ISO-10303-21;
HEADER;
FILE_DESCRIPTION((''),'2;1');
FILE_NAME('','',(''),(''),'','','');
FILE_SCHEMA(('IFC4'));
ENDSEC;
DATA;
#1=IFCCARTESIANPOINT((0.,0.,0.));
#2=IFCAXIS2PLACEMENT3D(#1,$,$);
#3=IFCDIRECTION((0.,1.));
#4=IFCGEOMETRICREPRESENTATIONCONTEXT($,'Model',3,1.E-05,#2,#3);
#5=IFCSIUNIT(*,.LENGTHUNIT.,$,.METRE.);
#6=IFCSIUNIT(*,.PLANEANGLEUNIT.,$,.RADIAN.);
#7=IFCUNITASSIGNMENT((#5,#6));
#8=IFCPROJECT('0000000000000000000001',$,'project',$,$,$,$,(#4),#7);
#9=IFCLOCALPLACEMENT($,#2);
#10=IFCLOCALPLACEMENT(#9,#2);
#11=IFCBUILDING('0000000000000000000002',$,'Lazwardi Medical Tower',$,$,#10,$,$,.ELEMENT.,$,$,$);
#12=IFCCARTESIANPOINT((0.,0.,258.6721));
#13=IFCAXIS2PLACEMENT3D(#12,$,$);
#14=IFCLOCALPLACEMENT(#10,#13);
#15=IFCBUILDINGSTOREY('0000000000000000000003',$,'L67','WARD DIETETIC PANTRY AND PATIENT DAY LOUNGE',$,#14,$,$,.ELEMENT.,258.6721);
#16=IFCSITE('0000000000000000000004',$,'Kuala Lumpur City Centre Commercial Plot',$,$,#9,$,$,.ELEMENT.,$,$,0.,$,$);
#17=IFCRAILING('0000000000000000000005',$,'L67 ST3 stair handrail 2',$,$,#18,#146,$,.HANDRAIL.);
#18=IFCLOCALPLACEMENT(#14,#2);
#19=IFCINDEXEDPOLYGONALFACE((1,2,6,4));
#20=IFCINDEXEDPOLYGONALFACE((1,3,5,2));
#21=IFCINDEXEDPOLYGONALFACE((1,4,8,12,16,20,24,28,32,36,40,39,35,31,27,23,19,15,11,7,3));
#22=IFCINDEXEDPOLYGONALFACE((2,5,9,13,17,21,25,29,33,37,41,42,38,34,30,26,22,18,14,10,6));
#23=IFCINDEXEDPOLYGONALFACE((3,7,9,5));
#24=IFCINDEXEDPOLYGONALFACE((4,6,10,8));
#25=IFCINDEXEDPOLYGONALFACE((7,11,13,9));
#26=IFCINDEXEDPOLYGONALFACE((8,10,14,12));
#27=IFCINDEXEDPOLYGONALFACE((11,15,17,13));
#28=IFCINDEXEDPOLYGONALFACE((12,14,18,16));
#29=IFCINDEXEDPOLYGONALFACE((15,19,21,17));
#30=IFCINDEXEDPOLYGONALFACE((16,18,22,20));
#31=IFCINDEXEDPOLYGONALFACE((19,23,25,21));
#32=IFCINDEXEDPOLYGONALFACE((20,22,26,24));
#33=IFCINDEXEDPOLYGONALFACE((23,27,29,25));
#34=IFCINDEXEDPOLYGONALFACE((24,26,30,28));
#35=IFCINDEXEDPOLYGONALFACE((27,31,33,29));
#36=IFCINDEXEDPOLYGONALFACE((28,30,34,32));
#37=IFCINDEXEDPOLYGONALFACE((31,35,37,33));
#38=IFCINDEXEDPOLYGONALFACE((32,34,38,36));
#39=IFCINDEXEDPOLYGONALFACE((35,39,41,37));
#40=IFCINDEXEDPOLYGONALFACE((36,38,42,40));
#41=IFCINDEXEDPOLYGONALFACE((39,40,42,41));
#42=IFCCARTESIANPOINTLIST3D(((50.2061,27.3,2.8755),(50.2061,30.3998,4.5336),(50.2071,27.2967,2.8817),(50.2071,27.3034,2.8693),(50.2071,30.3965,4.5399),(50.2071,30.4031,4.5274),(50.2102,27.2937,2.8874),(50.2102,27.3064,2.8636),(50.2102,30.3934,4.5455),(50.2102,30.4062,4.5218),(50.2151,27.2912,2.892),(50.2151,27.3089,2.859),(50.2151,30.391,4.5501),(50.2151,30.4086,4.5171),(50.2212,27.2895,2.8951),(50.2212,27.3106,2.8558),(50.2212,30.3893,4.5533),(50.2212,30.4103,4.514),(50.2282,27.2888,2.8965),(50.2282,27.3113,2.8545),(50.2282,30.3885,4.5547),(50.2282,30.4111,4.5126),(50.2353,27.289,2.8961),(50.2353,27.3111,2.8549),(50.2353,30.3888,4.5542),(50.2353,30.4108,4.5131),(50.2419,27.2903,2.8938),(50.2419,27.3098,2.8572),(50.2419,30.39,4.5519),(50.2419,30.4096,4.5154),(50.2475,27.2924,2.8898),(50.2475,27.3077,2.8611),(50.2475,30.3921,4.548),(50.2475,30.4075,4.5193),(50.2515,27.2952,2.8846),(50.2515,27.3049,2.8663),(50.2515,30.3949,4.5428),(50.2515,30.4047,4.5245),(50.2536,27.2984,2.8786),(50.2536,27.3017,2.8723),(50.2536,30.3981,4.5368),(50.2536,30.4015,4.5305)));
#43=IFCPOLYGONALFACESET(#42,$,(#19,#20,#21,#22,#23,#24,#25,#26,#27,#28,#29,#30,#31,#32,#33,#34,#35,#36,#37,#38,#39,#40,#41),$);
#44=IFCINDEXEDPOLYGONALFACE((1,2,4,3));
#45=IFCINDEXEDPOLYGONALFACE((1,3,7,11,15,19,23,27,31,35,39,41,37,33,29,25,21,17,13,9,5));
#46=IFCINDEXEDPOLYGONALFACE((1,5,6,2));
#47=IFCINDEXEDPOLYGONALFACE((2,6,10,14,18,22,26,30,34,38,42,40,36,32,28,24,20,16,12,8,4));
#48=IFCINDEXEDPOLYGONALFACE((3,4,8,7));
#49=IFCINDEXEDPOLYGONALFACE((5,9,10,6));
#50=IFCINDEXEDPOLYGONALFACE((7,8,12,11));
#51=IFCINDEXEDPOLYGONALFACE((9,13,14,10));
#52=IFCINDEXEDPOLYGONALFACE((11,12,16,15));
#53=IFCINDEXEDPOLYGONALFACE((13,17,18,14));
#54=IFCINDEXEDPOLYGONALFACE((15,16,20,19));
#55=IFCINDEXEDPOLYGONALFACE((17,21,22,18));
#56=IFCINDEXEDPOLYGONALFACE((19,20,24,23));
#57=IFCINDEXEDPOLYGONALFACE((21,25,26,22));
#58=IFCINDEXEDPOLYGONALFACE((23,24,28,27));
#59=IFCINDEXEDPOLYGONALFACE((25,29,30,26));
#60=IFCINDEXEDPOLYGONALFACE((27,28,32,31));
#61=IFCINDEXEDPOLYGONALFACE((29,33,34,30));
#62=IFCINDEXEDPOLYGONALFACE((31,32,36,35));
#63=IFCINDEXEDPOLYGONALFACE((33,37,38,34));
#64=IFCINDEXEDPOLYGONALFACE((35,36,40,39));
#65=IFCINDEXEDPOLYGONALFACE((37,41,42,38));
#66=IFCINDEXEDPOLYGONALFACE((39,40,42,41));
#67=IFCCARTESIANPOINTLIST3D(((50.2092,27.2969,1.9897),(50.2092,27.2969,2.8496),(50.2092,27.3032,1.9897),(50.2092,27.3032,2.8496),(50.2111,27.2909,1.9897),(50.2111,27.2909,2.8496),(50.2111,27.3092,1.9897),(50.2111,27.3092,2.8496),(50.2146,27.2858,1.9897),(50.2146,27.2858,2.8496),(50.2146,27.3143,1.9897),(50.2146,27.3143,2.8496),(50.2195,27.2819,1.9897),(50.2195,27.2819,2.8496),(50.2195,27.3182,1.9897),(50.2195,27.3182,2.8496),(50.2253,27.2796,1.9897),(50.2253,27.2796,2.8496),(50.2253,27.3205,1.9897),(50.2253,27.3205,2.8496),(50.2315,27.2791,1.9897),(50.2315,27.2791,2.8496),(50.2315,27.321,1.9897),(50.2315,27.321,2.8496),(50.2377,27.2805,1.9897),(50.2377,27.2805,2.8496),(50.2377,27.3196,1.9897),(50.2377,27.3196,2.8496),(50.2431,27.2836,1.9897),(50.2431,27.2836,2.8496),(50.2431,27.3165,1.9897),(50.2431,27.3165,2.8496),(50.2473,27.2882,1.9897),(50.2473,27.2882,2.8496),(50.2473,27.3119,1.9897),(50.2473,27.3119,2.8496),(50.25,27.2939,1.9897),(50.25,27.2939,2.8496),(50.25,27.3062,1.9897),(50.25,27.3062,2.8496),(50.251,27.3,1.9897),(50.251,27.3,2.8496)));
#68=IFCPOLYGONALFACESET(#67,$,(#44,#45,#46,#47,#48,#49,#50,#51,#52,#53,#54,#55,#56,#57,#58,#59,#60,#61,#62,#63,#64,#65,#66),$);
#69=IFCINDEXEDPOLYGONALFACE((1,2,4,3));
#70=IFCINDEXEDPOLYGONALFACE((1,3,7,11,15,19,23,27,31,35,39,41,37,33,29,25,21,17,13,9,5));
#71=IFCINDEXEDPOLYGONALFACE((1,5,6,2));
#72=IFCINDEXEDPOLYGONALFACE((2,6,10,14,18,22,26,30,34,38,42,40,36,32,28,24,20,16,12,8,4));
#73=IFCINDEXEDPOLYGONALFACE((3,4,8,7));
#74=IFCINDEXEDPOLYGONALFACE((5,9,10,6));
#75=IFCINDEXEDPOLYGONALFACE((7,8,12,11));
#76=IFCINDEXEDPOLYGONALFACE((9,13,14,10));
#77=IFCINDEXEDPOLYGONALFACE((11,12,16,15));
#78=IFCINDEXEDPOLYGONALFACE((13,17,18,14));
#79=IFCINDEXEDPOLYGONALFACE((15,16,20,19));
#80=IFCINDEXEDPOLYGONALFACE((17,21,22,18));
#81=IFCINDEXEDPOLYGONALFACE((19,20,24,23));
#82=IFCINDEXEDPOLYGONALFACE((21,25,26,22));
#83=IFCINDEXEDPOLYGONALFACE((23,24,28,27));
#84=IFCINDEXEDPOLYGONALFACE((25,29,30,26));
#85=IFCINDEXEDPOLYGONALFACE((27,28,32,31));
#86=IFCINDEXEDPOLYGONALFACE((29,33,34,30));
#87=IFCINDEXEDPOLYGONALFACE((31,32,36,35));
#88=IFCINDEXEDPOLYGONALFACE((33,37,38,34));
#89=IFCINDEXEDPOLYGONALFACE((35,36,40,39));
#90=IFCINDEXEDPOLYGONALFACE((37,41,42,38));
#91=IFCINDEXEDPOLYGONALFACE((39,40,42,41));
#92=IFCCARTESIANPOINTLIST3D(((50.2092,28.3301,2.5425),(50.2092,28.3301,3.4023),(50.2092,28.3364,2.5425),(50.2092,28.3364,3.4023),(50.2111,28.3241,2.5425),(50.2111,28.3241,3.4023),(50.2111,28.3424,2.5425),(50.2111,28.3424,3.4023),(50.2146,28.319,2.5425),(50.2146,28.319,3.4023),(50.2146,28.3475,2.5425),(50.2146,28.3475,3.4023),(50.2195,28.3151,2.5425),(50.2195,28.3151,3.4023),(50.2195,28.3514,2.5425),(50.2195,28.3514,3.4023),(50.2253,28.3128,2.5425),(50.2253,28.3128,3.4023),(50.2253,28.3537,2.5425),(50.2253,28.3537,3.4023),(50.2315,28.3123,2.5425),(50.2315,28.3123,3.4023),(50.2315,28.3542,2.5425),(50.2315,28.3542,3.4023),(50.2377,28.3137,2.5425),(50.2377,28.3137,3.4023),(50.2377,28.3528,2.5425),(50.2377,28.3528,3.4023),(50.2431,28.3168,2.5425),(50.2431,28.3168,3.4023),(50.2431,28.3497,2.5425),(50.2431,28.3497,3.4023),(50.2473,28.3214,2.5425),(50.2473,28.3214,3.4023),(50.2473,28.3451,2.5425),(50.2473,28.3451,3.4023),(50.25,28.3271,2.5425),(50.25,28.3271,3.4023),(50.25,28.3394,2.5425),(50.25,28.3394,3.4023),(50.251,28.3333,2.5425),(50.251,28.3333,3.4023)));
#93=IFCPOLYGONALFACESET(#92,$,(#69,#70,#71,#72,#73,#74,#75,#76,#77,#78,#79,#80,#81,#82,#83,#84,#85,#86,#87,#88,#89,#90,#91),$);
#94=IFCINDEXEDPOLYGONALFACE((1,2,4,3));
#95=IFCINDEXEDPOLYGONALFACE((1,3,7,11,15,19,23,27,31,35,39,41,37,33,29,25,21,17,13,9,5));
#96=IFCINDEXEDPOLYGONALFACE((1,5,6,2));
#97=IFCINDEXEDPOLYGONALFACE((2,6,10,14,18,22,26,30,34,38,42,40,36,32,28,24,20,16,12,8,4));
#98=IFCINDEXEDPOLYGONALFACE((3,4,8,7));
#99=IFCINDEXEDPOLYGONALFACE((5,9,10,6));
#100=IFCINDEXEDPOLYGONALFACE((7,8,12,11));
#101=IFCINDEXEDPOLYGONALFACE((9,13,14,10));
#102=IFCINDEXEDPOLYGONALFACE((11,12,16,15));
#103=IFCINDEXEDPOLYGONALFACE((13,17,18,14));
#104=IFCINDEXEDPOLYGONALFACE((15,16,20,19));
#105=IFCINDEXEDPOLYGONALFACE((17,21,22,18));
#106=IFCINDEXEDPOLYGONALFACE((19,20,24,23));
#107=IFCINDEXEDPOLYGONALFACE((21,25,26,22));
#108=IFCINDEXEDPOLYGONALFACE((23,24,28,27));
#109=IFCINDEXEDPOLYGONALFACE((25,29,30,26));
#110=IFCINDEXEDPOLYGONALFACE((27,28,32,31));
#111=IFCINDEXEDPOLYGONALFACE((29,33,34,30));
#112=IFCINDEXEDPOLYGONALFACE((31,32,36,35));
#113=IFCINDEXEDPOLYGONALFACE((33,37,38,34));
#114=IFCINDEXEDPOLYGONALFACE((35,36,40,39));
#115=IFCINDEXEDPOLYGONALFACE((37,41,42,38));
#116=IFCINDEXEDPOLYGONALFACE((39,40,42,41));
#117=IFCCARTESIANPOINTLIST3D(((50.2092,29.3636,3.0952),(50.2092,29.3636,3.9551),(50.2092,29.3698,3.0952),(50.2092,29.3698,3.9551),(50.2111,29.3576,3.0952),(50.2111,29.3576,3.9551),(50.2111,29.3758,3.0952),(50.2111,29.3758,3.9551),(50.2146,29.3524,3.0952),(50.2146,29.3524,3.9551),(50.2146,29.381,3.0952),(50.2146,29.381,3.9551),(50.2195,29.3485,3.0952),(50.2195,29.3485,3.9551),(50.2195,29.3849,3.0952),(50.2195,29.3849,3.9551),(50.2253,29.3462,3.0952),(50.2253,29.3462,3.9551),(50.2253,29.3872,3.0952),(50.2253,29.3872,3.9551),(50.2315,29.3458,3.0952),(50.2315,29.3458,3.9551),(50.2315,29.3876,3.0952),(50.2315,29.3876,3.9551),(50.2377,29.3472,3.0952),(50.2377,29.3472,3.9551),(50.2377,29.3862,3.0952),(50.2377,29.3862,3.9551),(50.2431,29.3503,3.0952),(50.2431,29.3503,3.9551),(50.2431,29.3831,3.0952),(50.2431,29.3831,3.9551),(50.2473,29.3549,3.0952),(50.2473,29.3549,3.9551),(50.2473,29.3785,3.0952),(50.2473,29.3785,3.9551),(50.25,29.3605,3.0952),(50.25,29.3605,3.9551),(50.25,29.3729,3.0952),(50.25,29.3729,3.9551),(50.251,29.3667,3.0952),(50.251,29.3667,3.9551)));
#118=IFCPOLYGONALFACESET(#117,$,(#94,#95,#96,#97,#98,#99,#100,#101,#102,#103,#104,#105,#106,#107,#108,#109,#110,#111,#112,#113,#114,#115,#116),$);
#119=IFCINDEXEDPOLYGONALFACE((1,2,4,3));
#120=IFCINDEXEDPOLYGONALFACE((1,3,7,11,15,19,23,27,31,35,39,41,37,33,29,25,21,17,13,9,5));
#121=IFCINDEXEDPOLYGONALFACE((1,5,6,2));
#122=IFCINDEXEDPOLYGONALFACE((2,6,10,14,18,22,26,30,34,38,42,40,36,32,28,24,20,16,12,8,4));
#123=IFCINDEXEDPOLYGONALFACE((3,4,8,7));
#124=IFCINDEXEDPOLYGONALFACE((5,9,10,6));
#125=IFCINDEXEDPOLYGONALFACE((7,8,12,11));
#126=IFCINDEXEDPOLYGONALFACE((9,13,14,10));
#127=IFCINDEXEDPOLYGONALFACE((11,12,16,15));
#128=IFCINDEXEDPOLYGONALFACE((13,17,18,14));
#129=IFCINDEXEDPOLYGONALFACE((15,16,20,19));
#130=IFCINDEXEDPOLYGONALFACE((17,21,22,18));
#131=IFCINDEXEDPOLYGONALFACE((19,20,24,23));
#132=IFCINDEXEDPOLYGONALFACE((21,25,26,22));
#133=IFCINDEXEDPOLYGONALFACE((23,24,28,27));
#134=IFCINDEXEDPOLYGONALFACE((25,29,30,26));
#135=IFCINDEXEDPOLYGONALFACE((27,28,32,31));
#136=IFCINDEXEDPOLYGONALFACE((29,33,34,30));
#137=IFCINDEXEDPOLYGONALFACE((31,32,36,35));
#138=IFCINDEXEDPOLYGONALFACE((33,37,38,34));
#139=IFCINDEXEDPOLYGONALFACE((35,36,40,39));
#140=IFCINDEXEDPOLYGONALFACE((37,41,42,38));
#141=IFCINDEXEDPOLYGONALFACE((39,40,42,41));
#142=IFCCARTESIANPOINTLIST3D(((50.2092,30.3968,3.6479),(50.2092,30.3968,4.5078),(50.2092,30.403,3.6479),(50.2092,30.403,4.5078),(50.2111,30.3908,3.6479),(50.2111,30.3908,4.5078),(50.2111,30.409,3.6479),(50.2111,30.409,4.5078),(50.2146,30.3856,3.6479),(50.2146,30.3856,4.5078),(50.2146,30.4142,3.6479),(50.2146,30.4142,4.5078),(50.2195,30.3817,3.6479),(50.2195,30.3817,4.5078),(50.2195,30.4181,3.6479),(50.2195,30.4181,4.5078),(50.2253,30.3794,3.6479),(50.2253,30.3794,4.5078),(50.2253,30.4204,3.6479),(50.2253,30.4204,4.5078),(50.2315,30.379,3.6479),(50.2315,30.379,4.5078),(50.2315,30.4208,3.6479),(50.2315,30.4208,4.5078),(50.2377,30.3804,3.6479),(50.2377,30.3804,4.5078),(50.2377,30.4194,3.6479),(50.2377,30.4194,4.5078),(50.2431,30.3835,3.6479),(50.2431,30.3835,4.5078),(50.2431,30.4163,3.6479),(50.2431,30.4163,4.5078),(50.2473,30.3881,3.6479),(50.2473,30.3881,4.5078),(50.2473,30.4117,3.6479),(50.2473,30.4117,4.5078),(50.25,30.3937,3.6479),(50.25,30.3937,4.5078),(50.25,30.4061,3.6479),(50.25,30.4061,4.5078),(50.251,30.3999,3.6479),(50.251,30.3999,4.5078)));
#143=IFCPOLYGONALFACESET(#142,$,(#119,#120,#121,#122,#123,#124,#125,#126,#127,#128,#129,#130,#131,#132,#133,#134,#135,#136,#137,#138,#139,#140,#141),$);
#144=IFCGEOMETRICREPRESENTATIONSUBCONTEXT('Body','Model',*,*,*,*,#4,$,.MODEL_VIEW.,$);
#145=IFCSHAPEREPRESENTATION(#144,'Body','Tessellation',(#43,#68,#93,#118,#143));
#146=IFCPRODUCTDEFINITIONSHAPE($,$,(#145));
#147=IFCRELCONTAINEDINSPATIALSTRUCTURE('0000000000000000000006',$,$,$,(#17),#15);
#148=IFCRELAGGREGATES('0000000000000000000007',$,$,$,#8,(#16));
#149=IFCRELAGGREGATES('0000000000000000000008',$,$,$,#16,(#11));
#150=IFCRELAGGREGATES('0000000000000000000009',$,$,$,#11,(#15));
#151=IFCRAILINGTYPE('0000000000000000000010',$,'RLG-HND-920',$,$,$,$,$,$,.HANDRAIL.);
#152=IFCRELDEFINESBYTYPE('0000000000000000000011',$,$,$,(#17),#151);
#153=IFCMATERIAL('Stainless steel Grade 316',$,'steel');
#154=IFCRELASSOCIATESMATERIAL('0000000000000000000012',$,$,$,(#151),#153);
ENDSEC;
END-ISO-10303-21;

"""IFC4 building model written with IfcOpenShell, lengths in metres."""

from ifc_helpers import new_model, si_unit, direction, frame, origin, origin_2d, place, context, subcontext, project, spatial, circle, extrude, material, type_object, element, save


model = new_model("IFC4")

# Units and contexts
model_context = context("Model", 3, precision=1e-05, world=origin(), true_north=direction((0.0, 1.0)))
body_context = subcontext(model_context, "Body", "Model", "MODEL_VIEW")
ifc_project = project(units=[si_unit("LENGTHUNIT", "METRE"), si_unit("PLANEANGLEUNIT", "RADIAN")], contexts=[model_context])

# Site, building, storey
site_placement = place(None, origin())
site = spatial("IfcSite", under=ifc_project, at=site_placement, Name="Kuala Lumpur City Centre Commercial Plot", CompositionType="ELEMENT", RefElevation=0.0)
building_placement = place(site_placement, origin())
building = spatial("IfcBuilding", under=site, at=building_placement, Name="Lazwardi Medical Tower", CompositionType="ELEMENT")
storey_placement = place(building_placement, frame((0.0, 0.0, 258.6721)))
storey = spatial("IfcBuildingStorey", under=building, at=storey_placement, Name="L67", Description="WARD DIETETIC PANTRY AND PATIENT DAY LOUNGE", CompositionType="ELEMENT", Elevation=258.6721)

# Railing
ifc_material_1 = material(Name="Stainless steel Grade 316", Category="steel")
railing_type_1 = type_object("IfcRailingType", Name="RLG-HND-920", PredefinedType="HANDRAIL", material=ifc_material_1)
railing_1_placement = place(storey_placement, frame((50.23, 27.3, 1.9897)))
element("IfcRailing", 1, at=railing_1_placement, inside=storey, type_object=railing_type_1, Name="L67 ST3 stair handrail 2", PredefinedType="HANDRAIL", context=body_context, shape_type="SweptSolid", body=[
    extrude(circle(Radius=0.0239, at=origin_2d()), frame((0.0, 0.0, 0.8857), z_axis=(0.0, 0.881768, 0.471684), x_axis=(-1.0, 0.0, 0.0)), (0.0, 0.0, 1.0), 3.5154),
    extrude(circle(Radius=0.021, at=origin_2d()), origin(), (0.0, 0.0, 1.0), 0.8599),
    extrude(circle(Radius=0.021, at=origin_2d()), frame((0.0, 1.0332, 0.5527)), (0.0, 0.0, 1.0), 0.8599),
    extrude(circle(Radius=0.021, at=origin_2d()), frame((0.0, 2.0667, 1.1055)), (0.0, 0.0, 1.0), 0.8599),
    extrude(circle(Radius=0.021, at=origin_2d()), frame((0.0, 3.0999, 1.6582)), (0.0, 0.0, 1.0), 0.8599),
])

save(model, "model.ifc")
